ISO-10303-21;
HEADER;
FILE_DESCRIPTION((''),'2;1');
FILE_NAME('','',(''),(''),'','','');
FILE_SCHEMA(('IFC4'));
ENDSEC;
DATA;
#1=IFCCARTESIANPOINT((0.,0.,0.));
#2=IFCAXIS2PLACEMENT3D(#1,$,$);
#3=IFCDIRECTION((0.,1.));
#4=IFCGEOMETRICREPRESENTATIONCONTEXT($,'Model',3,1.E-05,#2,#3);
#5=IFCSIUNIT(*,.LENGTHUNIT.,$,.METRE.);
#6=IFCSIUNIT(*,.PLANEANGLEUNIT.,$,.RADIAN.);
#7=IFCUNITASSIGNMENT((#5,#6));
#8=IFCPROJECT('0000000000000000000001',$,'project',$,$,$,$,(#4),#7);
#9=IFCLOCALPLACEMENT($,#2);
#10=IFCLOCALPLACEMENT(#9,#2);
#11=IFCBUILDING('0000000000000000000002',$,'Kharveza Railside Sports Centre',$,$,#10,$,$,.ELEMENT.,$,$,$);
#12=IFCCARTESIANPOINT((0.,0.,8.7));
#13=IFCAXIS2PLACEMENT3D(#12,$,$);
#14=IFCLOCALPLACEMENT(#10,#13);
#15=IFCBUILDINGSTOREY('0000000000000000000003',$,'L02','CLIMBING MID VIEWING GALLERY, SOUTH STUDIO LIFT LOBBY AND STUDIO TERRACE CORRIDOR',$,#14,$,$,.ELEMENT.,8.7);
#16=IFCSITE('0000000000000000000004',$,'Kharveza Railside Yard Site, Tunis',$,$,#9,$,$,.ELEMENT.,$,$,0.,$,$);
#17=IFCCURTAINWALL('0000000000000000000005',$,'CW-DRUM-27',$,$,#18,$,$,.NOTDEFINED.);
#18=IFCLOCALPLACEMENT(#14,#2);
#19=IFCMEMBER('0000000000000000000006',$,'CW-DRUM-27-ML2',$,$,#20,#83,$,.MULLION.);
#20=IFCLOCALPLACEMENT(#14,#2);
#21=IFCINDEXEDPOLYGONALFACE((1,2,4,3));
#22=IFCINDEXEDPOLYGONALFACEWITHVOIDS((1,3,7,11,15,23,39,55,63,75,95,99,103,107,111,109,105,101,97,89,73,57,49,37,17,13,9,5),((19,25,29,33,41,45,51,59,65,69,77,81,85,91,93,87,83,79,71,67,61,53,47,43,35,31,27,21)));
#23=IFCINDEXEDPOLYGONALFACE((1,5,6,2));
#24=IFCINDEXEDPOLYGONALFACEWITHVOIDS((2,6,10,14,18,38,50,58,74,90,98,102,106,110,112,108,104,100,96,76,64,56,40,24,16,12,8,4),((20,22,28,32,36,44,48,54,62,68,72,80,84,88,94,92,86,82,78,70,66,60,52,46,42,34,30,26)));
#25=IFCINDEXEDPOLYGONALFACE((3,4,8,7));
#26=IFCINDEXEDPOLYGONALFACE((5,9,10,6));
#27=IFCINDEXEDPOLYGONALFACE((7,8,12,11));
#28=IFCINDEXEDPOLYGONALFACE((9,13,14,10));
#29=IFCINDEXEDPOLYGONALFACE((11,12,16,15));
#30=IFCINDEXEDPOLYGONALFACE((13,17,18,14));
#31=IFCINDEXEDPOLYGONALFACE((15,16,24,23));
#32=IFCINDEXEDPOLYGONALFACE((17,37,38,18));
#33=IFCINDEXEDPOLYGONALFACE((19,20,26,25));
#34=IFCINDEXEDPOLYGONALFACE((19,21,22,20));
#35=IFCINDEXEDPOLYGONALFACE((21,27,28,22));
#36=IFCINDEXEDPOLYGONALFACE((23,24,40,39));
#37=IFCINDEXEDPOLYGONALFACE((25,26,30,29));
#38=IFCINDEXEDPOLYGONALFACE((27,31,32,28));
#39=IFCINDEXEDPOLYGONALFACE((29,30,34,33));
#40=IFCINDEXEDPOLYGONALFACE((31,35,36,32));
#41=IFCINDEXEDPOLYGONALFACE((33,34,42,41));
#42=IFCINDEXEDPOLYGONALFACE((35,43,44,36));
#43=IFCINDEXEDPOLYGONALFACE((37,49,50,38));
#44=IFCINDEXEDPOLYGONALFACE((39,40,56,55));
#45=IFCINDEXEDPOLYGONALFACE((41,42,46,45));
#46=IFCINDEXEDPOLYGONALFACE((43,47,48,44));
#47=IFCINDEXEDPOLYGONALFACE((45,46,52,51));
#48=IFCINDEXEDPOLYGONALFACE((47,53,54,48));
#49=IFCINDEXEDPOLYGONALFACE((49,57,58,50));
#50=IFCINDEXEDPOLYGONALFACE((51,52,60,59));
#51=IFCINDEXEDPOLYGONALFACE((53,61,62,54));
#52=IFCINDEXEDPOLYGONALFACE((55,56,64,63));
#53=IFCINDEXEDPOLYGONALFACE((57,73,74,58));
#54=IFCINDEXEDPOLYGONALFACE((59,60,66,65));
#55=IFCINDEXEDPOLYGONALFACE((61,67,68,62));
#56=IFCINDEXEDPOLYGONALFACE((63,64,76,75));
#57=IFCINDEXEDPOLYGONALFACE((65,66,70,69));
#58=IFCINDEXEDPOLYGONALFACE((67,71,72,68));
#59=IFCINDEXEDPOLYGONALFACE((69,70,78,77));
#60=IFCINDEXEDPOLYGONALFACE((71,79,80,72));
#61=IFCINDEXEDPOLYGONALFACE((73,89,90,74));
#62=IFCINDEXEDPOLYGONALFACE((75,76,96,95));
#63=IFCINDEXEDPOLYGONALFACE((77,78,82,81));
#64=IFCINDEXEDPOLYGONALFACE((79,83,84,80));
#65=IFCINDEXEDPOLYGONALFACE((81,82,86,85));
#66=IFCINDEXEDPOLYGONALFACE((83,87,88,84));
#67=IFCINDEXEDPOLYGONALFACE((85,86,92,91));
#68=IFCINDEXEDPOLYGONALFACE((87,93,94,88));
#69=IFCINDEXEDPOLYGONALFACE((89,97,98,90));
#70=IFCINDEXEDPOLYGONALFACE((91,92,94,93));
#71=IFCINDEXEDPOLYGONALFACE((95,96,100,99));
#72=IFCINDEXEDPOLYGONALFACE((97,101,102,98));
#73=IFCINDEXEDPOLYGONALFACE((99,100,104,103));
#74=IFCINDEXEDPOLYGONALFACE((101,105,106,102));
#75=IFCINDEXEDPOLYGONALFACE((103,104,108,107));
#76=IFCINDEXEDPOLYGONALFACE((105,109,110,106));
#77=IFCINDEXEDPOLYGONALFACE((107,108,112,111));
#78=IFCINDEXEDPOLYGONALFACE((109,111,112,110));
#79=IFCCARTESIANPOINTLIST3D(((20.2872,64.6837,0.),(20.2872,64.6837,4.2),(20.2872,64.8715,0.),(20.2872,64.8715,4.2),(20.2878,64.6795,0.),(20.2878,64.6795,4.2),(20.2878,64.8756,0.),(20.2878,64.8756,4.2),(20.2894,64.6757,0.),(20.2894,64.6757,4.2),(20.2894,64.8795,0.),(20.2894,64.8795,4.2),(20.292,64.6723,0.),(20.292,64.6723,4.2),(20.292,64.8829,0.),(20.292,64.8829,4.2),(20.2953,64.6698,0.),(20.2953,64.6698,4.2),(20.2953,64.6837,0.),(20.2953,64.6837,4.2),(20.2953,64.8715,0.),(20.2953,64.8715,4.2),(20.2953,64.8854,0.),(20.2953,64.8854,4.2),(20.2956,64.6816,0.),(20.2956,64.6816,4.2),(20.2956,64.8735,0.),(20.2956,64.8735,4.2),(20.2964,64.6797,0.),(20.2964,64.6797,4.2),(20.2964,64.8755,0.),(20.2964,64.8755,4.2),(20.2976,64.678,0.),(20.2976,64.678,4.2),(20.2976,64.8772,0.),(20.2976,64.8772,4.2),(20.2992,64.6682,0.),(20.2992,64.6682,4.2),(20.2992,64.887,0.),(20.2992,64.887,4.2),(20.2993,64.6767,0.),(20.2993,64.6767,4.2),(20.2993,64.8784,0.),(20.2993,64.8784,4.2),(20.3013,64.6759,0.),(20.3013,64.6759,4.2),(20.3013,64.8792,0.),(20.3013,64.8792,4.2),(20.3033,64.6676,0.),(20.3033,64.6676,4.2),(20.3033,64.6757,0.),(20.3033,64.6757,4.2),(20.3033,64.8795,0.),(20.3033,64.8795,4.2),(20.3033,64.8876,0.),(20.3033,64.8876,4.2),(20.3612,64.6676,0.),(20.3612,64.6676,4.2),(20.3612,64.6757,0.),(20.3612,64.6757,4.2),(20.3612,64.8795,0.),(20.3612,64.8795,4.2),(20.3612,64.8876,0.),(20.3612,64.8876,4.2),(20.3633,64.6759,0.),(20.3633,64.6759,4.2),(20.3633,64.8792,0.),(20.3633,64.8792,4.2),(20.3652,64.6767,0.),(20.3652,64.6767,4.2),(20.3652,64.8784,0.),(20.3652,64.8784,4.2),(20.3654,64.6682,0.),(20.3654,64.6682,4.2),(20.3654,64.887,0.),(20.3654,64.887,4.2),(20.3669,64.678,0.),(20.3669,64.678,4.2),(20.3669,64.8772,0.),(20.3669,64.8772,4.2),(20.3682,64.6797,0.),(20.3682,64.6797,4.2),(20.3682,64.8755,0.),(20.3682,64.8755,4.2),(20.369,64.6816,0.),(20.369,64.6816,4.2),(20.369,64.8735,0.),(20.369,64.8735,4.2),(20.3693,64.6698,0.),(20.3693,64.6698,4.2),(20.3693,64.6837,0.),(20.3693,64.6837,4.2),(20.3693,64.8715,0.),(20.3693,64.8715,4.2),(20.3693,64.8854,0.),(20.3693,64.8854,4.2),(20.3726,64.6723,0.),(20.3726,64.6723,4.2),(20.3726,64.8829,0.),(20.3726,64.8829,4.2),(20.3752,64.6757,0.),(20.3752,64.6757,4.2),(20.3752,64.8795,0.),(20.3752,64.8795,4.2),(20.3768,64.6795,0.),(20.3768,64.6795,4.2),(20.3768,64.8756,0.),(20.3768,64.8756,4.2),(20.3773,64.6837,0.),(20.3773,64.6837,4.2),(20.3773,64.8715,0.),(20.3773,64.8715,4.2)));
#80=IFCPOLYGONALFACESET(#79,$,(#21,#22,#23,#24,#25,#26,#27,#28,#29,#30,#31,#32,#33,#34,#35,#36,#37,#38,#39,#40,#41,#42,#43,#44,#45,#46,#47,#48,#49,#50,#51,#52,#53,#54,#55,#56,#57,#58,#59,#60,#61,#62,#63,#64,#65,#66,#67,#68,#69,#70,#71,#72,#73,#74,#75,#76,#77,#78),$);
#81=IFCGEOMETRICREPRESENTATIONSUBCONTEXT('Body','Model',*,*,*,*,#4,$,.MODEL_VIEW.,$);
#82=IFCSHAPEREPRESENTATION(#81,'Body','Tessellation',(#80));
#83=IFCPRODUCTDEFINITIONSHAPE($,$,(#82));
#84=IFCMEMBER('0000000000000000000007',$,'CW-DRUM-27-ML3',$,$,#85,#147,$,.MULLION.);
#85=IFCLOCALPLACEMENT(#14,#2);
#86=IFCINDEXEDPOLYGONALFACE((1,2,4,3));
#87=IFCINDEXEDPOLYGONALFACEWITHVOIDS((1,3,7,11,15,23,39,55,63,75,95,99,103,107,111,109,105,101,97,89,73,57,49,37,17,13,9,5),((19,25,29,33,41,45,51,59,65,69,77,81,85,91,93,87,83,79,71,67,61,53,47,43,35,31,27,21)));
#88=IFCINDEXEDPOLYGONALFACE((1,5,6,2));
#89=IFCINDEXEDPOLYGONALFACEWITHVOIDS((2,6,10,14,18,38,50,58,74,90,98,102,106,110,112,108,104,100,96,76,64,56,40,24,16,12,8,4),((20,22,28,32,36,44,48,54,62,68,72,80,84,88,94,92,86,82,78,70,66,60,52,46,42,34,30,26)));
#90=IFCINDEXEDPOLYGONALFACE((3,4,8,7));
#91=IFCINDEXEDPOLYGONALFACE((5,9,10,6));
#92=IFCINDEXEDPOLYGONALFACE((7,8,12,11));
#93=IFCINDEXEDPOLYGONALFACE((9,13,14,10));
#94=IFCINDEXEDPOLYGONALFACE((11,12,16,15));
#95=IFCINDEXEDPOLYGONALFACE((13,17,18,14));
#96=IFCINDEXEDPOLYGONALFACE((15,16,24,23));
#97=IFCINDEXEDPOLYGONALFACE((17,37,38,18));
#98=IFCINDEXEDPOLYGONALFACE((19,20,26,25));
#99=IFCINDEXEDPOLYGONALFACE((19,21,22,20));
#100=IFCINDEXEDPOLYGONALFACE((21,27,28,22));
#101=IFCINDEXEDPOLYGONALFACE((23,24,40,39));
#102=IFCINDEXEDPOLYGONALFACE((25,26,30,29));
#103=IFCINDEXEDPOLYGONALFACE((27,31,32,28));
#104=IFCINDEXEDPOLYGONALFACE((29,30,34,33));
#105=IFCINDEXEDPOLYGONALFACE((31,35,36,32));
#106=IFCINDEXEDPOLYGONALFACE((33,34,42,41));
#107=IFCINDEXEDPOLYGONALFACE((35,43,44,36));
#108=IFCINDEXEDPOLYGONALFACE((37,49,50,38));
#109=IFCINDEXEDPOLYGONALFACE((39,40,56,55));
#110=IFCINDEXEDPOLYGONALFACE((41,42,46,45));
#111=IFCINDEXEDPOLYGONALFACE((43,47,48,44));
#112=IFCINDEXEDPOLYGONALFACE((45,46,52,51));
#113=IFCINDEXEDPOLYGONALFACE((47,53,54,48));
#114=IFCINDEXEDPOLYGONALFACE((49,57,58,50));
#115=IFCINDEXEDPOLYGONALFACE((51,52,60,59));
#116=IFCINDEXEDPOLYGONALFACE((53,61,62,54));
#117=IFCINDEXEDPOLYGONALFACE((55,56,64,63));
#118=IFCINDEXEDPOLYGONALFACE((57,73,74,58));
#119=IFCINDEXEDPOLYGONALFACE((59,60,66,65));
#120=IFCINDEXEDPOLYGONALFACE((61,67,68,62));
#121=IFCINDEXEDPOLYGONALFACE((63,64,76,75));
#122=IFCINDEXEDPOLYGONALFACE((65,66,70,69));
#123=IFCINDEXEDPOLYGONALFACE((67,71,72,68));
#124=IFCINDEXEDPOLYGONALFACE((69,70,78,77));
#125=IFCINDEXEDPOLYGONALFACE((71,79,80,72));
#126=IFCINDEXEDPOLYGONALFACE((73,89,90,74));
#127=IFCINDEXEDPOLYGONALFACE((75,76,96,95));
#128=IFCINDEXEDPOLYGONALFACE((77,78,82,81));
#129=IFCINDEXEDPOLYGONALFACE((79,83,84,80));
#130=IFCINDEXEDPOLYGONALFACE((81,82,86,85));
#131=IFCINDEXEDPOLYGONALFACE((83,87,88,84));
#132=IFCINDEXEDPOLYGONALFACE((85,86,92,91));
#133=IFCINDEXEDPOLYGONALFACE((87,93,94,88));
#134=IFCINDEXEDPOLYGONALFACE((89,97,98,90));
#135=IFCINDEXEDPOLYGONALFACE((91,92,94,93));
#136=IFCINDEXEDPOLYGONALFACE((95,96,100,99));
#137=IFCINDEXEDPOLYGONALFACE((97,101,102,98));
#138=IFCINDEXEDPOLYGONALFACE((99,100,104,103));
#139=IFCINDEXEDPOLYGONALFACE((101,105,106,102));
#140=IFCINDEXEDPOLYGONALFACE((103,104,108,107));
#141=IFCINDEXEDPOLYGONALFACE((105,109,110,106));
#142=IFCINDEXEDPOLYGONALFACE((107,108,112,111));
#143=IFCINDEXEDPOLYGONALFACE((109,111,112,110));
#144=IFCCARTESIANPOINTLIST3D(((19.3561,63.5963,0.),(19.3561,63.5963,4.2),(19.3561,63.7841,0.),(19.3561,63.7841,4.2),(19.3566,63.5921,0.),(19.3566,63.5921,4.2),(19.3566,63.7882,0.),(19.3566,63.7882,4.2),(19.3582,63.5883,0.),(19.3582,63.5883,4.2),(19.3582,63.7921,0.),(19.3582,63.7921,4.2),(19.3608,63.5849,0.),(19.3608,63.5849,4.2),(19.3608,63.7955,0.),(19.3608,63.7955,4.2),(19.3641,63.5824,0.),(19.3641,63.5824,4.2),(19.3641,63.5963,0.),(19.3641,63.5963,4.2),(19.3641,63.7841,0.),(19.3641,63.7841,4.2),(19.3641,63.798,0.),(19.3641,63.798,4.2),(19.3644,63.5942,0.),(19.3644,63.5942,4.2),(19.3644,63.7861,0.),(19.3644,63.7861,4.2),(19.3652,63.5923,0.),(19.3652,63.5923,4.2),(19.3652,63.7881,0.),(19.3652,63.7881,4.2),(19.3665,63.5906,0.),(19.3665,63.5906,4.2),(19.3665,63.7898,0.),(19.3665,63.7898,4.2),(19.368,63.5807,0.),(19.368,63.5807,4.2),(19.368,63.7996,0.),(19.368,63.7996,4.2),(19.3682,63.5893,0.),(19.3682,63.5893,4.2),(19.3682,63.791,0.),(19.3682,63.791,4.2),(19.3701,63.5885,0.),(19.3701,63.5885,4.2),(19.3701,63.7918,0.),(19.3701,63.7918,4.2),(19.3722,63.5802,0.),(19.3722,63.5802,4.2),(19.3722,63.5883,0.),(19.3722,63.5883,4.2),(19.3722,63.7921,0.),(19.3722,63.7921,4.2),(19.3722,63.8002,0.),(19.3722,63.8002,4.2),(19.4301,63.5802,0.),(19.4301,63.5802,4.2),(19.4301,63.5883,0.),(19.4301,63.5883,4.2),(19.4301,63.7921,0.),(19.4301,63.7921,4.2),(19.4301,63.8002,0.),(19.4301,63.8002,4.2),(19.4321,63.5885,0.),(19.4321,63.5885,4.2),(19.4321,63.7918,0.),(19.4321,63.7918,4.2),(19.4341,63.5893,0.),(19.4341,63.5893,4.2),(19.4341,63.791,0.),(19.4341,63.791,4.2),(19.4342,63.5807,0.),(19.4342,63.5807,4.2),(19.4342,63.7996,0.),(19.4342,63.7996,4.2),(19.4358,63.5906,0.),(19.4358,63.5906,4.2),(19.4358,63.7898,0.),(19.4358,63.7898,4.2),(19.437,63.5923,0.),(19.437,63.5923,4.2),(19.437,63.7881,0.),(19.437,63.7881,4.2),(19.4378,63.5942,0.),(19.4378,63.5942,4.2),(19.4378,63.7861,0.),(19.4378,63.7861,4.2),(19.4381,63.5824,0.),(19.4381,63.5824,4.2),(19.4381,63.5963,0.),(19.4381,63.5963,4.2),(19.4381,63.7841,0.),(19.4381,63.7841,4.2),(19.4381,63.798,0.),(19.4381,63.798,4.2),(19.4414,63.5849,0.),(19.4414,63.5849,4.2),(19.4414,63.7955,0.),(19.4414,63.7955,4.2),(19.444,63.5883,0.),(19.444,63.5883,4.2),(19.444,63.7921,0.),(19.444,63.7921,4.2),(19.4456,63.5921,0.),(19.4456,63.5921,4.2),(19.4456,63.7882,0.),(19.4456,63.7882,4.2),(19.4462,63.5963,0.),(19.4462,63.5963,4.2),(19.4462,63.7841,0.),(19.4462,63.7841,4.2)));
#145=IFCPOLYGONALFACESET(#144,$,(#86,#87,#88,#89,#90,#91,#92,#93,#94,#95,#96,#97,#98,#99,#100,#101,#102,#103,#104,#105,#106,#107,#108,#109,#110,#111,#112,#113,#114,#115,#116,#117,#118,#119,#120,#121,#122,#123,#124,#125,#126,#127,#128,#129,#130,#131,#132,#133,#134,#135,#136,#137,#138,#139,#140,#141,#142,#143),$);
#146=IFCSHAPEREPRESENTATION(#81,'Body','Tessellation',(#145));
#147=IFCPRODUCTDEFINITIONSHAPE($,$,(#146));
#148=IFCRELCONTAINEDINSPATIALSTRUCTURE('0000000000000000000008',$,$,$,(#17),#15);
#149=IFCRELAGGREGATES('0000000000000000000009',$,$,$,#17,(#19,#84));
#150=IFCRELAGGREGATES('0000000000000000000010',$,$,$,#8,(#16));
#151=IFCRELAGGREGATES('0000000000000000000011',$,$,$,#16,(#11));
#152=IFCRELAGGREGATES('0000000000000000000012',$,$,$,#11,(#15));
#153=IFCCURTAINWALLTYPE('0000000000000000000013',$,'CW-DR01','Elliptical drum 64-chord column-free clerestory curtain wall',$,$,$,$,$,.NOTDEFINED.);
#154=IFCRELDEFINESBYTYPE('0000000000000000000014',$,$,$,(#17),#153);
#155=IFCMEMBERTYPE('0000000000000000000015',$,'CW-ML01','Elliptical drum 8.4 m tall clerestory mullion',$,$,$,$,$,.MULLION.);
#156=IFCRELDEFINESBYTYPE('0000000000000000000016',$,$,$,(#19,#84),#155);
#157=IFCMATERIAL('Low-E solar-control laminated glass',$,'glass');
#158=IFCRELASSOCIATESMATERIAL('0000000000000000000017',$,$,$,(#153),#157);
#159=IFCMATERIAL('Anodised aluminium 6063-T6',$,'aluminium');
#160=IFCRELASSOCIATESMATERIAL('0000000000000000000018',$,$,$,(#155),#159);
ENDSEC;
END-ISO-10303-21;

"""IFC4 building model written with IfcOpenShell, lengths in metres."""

from ifc_helpers import new_model, si_unit, direction, frame, origin, origin_2d, place, context, subcontext, project, spatial, hollow_rectangle, extrude, material, material_profile, profile_set, type_object, element, aggregate, save


model = new_model("IFC4")

# Units and contexts
model_context = context("Model", 3, precision=1e-05, world=origin(), true_north=direction((0.0, 1.0)))
body_context = subcontext(model_context, "Body", "Model", "MODEL_VIEW")
ifc_project = project(units=[si_unit("LENGTHUNIT", "METRE"), si_unit("PLANEANGLEUNIT", "RADIAN")], contexts=[model_context])

# Site, building, storey
site_placement = place(None, origin())
site = spatial("IfcSite", under=ifc_project, at=site_placement, Name="Kharveza Railside Yard Site, Tunis", CompositionType="ELEMENT", RefElevation=0.0)
building_placement = place(site_placement, origin())
building = spatial("IfcBuilding", under=site, at=building_placement, Name="Kharveza Railside Sports Centre", CompositionType="ELEMENT")
storey_placement = place(building_placement, frame((0.0, 0.0, 8.7)))
storey = spatial("IfcBuildingStorey", under=building, at=storey_placement, Name="L02", Description="CLIMBING MID VIEWING GALLERY, SOUTH STUDIO LIFT LOBBY AND STUDIO TERRACE CORRIDOR", CompositionType="ELEMENT", Elevation=8.7)

# Curtain wall, members
ifc_material_1 = material(Name="Low-E solar-control laminated glass", Category="glass")
curtain_wall_type = type_object("IfcCurtainWallType", Name="CW-DR01", Description="Elliptical drum 64-chord column-free clerestory curtain wall", PredefinedType="NOTDEFINED", material=ifc_material_1)
curtain_wall_placement = place(storey_placement, origin())
curtain_wall = element("IfcCurtainWall", 1, at=curtain_wall_placement, inside=storey, type_object=curtain_wall_type, Name="CW-DRUM-27", PredefinedType="NOTDEFINED")
ifc_material_2 = material(Name="Anodised aluminium 6063-T6", Category="aluminium")
ifc_material_profile_1 = material_profile(ifc_material_2, hollow_rectangle(XDim=0.0901, YDim=0.22, WallThickness=0.0081, InnerFilletRadius=0.0081, OuterFilletRadius=0.0161, at=origin_2d()), Name="RHS 90x220x8.0")
ifc_profile_set_1 = profile_set([ifc_material_profile_1], Name="Anodised aluminium 6063-T6")
member_type_1 = type_object("IfcMemberType", Name="CW-ML01", Description="Elliptical drum 8.4 m tall clerestory mullion", PredefinedType="MULLION", material=ifc_profile_set_1)
member_1_placement = place(storey_placement, frame((20.3323, 64.7776, 0.0), z_axis=(0.0, 0.0, 1.0), x_axis=(1.0, 0.0, 0.0)))
member_1 = element("IfcMember", 2, at=member_1_placement, type_object=member_type_1, Name="CW-DRUM-27-ML2", PredefinedType="MULLION", context=body_context, shape_type="SweptSolid", body=[
    extrude(hollow_rectangle(XDim=0.0901, YDim=0.22, WallThickness=0.0081, InnerFilletRadius=0.0081, OuterFilletRadius=0.0161, at=origin_2d()), origin(), (0.0, 0.0, 1.0), 4.2),
])
member_2_placement = place(storey_placement, frame((19.4011, 63.6902, 0.0), z_axis=(0.0, 0.0, 1.0), x_axis=(1.0, 0.0, 0.0)))
member_2 = element("IfcMember", 3, at=member_2_placement, type_object=member_type_1, Name="CW-DRUM-27-ML3", PredefinedType="MULLION", context=body_context, shape_type="SweptSolid", body=[
    extrude(hollow_rectangle(XDim=0.0901, YDim=0.22, WallThickness=0.0081, InnerFilletRadius=0.0081, OuterFilletRadius=0.0161, at=origin_2d()), origin(), (0.0, 0.0, 1.0), 4.2),
])

aggregate(curtain_wall, [member_1, member_2])

save(model, "model.ifc")
